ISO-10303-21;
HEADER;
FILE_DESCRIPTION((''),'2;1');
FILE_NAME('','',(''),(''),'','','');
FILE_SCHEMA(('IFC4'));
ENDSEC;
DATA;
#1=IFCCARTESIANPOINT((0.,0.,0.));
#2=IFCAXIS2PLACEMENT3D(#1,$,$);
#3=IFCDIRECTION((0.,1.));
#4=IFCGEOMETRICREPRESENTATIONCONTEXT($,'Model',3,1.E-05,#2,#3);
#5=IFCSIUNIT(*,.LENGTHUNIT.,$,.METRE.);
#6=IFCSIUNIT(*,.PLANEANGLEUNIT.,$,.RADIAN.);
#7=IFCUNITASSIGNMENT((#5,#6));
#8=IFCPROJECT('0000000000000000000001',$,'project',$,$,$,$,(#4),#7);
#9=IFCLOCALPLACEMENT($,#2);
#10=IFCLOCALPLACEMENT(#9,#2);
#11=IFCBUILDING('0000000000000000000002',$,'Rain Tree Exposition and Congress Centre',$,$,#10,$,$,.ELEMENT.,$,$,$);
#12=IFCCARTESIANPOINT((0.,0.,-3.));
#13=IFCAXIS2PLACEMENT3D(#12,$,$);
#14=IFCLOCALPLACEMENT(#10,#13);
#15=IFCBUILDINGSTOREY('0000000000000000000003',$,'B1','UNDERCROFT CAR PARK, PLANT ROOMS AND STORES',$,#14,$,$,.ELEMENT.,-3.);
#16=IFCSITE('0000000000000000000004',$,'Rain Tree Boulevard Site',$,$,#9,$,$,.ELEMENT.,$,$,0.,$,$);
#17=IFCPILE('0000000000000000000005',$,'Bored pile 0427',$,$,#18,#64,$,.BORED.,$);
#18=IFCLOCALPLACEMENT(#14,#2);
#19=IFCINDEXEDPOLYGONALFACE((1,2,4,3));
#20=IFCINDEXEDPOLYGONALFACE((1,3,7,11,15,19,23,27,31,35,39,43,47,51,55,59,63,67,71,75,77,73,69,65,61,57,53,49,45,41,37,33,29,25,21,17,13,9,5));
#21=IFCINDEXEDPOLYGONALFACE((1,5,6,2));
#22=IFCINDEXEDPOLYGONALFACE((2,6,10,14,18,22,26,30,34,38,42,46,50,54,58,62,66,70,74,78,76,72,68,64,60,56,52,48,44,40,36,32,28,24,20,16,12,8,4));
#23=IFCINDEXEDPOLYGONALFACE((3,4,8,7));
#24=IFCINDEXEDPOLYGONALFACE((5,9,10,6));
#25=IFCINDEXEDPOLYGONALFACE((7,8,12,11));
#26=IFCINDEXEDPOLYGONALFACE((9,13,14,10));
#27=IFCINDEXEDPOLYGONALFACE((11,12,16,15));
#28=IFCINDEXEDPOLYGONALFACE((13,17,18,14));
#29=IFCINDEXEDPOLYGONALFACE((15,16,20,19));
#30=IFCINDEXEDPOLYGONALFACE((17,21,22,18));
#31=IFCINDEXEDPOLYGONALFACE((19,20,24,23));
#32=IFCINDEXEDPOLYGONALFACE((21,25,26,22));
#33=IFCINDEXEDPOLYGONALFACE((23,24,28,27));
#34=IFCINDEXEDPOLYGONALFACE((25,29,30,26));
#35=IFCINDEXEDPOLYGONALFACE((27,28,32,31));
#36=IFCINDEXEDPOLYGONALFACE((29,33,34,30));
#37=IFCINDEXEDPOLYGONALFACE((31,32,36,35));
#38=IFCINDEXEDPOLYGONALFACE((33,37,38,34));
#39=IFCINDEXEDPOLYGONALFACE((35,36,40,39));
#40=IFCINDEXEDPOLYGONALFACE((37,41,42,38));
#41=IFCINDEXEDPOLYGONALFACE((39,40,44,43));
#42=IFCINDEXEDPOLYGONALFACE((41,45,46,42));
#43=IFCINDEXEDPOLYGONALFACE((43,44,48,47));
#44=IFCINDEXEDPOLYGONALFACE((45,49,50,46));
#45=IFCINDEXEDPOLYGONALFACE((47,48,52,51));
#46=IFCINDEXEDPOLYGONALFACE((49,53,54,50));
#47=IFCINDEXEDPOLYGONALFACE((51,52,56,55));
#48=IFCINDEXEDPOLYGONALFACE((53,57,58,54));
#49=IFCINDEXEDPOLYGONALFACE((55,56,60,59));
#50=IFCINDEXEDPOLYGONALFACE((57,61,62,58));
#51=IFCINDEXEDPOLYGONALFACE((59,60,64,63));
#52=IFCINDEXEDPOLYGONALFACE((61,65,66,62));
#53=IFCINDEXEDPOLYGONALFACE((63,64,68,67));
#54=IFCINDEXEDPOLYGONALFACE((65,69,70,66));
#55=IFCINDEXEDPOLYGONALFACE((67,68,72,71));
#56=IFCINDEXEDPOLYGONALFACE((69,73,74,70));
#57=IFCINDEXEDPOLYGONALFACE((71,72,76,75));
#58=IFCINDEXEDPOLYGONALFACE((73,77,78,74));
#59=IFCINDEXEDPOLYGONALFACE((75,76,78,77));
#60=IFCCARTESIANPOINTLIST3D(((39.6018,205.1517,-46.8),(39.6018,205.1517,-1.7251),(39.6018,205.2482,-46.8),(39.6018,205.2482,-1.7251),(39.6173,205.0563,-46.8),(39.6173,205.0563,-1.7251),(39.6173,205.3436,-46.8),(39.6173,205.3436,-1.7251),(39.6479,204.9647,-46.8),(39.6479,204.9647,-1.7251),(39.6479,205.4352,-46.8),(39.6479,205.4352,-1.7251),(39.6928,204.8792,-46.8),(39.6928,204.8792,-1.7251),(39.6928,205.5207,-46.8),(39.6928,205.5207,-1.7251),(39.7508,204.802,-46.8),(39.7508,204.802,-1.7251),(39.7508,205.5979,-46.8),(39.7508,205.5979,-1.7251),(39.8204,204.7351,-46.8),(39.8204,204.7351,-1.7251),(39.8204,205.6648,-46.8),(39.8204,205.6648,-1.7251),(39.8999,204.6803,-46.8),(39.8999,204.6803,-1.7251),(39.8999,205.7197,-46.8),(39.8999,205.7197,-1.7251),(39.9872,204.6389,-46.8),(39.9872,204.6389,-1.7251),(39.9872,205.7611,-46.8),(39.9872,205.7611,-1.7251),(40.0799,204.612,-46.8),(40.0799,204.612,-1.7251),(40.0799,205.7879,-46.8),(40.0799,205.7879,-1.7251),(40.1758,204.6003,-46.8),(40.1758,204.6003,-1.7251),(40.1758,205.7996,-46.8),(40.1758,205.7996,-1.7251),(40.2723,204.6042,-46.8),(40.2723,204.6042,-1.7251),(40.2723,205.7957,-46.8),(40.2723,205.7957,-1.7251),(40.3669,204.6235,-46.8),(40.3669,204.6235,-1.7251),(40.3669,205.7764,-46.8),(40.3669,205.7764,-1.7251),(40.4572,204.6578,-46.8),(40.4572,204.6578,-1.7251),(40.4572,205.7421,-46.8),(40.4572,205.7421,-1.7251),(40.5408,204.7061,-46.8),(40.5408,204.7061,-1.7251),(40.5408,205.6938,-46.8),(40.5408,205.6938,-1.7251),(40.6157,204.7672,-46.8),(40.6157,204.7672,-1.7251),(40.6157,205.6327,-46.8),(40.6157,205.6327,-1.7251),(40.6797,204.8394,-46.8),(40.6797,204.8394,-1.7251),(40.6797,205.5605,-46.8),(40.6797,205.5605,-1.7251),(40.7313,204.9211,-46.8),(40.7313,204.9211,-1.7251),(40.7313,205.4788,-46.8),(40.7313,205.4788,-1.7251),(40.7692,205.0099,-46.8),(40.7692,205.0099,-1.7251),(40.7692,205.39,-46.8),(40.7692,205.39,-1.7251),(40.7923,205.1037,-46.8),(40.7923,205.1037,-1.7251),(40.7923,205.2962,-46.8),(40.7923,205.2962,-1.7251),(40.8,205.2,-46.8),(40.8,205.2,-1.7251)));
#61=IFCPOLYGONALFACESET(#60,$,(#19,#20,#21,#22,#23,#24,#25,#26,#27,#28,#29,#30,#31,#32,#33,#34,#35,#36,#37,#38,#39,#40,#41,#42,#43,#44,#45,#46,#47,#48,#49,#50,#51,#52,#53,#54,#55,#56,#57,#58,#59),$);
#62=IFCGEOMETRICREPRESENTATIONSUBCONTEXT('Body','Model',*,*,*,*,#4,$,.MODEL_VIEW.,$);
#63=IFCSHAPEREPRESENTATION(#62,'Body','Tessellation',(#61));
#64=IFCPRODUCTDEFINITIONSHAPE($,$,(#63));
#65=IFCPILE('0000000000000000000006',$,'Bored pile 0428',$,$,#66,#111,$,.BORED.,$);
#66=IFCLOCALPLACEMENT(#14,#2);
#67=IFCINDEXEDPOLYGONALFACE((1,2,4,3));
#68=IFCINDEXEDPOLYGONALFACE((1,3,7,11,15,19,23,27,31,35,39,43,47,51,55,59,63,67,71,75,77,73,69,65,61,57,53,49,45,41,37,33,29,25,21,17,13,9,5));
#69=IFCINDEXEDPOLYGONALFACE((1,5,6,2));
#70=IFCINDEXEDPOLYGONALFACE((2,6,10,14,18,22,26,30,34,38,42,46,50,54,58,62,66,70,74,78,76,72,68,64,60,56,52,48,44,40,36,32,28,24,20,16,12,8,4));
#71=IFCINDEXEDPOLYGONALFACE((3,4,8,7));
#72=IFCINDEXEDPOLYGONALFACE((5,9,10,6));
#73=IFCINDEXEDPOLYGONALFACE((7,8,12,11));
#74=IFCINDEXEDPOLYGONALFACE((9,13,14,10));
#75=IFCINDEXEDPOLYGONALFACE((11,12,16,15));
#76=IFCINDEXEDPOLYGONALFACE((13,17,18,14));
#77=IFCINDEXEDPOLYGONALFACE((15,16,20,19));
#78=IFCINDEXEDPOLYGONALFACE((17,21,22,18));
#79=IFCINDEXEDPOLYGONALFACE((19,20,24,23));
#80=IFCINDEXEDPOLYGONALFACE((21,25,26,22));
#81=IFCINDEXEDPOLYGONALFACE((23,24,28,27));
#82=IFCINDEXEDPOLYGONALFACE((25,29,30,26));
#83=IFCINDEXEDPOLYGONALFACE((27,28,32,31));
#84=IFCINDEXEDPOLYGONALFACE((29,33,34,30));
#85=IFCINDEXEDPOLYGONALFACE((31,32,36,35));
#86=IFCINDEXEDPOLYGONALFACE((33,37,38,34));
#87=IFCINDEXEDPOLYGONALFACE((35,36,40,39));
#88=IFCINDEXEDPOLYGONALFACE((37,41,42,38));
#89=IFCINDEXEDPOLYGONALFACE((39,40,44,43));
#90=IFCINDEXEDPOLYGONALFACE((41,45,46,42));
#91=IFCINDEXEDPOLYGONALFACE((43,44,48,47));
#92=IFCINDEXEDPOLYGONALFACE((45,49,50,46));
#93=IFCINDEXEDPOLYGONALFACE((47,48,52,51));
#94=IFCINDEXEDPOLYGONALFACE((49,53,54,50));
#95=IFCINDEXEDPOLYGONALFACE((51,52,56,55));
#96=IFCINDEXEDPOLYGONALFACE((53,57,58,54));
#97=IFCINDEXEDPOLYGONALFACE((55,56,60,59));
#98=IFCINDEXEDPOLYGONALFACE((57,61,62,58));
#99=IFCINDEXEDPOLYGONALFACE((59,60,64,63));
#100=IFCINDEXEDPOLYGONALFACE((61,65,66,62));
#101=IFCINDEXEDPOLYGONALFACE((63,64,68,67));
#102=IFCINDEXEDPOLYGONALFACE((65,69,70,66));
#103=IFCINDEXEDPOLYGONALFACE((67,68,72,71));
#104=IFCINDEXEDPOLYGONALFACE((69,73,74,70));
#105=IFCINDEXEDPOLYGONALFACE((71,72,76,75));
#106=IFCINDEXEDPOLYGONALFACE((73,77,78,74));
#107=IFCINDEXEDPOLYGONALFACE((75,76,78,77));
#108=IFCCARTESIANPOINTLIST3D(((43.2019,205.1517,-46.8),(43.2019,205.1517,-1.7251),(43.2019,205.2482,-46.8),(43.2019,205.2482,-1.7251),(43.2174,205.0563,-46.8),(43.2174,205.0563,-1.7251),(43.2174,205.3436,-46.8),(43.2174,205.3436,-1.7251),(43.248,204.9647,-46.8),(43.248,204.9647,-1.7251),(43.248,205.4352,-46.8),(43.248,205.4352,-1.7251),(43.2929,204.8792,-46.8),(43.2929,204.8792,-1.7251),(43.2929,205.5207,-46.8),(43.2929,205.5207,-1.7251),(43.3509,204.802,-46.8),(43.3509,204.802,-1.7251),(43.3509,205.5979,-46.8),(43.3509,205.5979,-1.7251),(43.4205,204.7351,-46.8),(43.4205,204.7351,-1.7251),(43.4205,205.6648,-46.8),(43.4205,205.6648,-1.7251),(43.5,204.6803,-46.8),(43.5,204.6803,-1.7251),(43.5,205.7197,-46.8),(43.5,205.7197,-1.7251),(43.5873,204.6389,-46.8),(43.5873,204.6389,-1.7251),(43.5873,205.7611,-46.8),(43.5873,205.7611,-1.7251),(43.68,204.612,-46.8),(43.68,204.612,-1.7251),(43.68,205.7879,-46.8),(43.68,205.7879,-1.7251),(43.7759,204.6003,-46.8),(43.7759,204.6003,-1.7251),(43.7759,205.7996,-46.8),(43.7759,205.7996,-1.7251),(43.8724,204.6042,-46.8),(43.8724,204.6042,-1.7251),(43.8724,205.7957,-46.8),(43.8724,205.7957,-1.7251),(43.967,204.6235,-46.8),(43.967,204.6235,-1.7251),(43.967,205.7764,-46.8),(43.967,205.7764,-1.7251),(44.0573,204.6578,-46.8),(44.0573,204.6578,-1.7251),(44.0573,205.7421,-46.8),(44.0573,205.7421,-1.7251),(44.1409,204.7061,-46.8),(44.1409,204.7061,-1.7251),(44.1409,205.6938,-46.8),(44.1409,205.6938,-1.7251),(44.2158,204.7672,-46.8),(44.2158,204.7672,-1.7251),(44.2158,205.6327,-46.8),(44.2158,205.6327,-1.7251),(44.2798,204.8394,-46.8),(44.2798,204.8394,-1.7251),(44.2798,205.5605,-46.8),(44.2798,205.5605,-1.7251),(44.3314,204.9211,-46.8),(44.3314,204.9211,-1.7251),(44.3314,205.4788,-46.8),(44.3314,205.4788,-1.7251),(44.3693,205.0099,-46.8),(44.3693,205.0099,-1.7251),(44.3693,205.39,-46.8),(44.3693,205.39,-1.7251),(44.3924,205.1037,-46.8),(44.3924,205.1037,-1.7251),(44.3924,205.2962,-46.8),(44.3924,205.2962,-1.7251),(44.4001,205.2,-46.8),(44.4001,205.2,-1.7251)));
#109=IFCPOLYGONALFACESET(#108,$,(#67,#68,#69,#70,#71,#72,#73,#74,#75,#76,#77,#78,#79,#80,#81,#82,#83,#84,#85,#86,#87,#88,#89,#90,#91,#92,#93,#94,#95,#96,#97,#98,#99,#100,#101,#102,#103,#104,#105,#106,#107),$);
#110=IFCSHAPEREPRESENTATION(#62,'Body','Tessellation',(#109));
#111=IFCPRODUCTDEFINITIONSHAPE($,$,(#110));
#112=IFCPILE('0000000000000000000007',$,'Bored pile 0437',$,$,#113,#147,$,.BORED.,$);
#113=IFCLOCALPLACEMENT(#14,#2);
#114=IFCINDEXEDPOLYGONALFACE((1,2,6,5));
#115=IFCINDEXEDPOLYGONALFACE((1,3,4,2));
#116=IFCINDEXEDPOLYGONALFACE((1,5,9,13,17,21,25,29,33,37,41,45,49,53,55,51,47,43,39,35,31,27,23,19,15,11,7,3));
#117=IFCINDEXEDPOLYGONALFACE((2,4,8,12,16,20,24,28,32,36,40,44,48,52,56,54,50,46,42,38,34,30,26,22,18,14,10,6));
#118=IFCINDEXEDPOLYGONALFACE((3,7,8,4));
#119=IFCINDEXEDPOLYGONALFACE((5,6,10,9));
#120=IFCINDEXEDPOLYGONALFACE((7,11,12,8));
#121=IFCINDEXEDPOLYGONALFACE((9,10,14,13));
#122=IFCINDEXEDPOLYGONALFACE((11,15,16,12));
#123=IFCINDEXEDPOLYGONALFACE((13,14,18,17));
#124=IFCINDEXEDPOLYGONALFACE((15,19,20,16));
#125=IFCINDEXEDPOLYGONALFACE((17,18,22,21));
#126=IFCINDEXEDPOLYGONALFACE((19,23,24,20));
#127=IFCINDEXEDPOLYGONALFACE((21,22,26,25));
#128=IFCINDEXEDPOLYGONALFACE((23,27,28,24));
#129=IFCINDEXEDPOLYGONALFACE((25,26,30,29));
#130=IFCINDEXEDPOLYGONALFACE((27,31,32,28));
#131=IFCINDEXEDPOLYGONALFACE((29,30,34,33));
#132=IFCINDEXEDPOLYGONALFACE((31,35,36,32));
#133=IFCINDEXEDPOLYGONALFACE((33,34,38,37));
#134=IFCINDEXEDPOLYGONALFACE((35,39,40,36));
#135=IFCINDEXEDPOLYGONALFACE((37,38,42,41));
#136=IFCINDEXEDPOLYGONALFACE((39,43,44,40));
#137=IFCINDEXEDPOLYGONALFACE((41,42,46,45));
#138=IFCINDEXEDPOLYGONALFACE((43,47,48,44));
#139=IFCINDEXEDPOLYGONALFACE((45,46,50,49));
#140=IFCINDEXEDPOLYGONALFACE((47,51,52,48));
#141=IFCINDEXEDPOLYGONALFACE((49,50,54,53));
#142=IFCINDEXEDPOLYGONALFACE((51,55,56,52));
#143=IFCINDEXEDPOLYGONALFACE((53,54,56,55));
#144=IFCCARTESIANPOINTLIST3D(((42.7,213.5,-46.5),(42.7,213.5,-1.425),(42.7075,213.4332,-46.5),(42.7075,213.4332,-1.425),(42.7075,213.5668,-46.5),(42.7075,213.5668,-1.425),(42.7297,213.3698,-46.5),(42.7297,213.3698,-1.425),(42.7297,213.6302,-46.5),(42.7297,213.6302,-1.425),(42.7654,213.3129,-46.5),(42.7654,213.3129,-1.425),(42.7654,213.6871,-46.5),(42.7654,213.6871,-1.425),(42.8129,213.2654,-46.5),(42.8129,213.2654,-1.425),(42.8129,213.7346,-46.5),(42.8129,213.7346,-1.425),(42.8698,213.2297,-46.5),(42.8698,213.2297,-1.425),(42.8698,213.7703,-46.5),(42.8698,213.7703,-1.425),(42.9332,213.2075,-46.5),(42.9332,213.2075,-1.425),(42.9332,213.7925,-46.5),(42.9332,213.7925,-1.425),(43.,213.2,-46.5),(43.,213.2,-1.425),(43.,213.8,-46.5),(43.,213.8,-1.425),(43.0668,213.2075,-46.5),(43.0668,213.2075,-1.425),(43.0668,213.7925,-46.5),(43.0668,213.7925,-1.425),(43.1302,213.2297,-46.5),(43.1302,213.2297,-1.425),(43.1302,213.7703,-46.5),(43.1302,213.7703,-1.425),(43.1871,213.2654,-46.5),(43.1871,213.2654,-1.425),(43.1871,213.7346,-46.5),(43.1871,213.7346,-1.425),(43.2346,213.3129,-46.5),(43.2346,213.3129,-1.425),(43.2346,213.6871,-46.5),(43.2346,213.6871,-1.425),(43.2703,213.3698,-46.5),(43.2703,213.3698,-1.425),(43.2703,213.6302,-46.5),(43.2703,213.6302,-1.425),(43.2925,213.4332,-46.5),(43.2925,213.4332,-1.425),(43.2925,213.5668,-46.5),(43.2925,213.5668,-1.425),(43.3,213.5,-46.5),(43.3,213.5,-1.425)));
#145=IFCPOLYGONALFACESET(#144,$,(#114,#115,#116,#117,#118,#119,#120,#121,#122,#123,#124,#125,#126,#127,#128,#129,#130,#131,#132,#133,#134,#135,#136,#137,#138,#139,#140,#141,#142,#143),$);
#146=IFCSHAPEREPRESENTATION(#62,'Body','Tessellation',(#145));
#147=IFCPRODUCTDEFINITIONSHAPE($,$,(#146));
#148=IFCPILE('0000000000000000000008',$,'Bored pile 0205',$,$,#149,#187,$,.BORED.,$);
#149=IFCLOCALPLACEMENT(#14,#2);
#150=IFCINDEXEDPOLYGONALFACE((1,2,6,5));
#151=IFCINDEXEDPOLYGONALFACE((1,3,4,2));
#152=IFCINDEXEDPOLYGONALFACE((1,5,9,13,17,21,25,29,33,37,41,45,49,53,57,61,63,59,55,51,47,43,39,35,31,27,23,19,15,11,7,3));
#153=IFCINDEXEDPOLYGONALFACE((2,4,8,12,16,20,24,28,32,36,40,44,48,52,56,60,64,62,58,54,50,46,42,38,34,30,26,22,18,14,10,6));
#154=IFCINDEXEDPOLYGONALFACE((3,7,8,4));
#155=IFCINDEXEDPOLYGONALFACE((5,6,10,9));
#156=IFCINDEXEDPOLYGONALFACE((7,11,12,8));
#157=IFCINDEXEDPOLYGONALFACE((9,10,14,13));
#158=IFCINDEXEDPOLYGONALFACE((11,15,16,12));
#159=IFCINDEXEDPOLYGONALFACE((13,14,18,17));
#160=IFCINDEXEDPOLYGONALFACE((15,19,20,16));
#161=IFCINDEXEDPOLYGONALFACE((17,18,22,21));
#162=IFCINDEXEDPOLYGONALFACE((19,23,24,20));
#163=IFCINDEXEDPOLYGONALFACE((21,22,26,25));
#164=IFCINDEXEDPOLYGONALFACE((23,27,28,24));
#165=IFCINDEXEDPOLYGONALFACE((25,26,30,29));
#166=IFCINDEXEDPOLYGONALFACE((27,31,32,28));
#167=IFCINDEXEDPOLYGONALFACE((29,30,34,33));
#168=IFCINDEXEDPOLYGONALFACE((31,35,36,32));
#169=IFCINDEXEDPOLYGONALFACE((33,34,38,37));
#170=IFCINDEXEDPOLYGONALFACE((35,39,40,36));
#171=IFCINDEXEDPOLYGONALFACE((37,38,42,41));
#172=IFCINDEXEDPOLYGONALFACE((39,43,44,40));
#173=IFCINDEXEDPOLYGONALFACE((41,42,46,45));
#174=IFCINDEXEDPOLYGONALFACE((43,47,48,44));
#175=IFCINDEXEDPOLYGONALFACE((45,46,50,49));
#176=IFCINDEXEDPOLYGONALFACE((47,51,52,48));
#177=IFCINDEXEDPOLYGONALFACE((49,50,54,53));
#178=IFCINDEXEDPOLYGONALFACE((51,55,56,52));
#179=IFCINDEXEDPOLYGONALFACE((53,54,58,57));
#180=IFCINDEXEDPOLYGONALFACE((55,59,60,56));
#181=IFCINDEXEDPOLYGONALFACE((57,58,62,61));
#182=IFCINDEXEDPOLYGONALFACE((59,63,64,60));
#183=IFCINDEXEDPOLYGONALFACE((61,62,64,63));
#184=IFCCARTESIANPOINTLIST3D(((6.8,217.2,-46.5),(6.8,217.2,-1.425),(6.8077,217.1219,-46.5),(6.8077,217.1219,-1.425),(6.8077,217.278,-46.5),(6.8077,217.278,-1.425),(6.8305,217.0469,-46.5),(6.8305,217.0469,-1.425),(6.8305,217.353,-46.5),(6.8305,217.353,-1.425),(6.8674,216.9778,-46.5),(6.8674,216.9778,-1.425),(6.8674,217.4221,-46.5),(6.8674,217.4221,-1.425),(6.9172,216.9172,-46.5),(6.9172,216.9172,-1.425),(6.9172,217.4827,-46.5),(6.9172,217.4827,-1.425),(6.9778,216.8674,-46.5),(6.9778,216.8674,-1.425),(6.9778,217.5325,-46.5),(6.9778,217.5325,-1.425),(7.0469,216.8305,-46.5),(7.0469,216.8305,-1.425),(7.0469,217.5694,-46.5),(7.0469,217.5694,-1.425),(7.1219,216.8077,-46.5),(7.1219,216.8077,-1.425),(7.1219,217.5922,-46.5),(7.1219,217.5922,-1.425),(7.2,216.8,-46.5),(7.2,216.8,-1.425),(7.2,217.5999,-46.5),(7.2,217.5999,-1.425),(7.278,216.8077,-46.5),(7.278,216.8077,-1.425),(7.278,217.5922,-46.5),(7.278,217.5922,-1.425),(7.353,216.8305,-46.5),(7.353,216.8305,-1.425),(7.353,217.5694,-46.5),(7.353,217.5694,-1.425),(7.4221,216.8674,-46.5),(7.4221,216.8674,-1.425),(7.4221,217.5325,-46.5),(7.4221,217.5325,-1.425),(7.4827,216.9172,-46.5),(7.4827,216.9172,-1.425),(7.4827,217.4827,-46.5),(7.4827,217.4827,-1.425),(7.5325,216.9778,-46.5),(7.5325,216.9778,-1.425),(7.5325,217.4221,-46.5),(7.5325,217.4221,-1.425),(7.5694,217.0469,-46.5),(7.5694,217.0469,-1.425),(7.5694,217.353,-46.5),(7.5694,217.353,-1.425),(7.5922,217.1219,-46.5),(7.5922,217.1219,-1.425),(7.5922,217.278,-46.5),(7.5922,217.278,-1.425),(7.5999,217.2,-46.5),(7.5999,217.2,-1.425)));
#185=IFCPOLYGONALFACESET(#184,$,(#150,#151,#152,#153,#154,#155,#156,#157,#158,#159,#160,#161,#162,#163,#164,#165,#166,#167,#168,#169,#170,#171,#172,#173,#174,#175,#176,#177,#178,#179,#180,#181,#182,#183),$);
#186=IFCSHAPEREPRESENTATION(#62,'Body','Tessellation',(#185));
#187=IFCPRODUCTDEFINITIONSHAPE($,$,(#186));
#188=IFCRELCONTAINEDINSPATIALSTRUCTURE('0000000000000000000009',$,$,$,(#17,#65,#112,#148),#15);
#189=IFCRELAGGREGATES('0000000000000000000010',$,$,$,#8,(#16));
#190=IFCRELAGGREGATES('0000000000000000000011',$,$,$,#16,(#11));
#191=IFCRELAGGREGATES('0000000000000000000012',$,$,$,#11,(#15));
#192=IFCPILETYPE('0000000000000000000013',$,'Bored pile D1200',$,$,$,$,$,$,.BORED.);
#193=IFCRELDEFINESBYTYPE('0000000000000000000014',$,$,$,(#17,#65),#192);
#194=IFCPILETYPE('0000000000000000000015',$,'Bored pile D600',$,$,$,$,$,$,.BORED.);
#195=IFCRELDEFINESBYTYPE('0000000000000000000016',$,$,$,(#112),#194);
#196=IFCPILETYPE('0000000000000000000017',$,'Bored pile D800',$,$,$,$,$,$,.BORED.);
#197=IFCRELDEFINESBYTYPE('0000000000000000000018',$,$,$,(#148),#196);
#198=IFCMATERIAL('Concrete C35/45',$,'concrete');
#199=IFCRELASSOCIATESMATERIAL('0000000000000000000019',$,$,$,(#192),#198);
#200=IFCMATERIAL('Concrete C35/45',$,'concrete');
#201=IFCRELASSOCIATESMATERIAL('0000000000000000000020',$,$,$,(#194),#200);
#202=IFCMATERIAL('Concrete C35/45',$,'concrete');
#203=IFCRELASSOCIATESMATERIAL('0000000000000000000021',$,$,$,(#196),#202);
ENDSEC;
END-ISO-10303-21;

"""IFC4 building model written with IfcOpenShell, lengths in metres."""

from ifc_helpers import new_model, si_unit, direction, frame, origin, origin_2d, place, context, subcontext, project, spatial, circle, extrude, material, material_profile, profile_set, type_object, element, save


model = new_model("IFC4")

# Units and contexts
model_context = context("Model", 3, precision=1e-05, world=origin(), true_north=direction((0.0, 1.0)))
body_context = subcontext(model_context, "Body", "Model", "MODEL_VIEW")
ifc_project = project(units=[si_unit("LENGTHUNIT", "METRE"), si_unit("PLANEANGLEUNIT", "RADIAN")], contexts=[model_context])

# Site, building, storey
site_placement = place(None, origin())
site = spatial("IfcSite", under=ifc_project, at=site_placement, Name="Rain Tree Boulevard Site", CompositionType="ELEMENT", RefElevation=0.0)
building_placement = place(site_placement, origin())
building = spatial("IfcBuilding", under=site, at=building_placement, Name="Rain Tree Exposition and Congress Centre", CompositionType="ELEMENT")
storey_placement = place(building_placement, frame((0.0, 0.0, -3.0)))
storey = spatial("IfcBuildingStorey", under=building, at=storey_placement, Name="B1", Description="UNDERCROFT CAR PARK, PLANT ROOMS AND STORES", CompositionType="ELEMENT", Elevation=-3.0)

# Piles
ifc_material_1 = material(Name="Concrete C35/45", Category="concrete")
ifc_material_profile_1 = material_profile(ifc_material_1, circle(Radius=0.6001, at=origin_2d()), Name="D1200")
ifc_profile_set_1 = profile_set([ifc_material_profile_1], Name="Concrete C35/45")
pile_type_1 = type_object("IfcPileType", Name="Bored pile D1200", PredefinedType="BORED", material=ifc_profile_set_1)
for number, where, z_axis, x_axis, name in (
    (1, (40.2, 205.2, -1.7251), (0.0, 0.0, -1.0), (1.0, 0.0, 0.0), "Bored pile 0427"),
    (2, (43.8, 205.2, -1.7251), (0.0, 0.0, -1.0), (1.0, 0.0, 0.0), "Bored pile 0428"),
):
    element("IfcPile", number, at=place(storey_placement, frame(where, z_axis=z_axis, x_axis=x_axis)), inside=storey, type_object=pile_type_1, Name=name, PredefinedType="BORED", context=body_context, shape_type="SweptSolid", body=[
        extrude(circle(Radius=0.6001, at=origin_2d()), origin(), (0.0, 0.0, 1.0), 45.075),
    ])
ifc_material_2 = material(Name="Concrete C35/45", Category="concrete")
ifc_material_profile_2 = material_profile(ifc_material_2, circle(Radius=0.3, at=origin_2d()), Name="D600")
ifc_profile_set_2 = profile_set([ifc_material_profile_2], Name="Concrete C35/45")
pile_type_2 = type_object("IfcPileType", Name="Bored pile D600", PredefinedType="BORED", material=ifc_profile_set_2)
pile_placement = place(storey_placement, frame((43.0, 213.5, -1.425), z_axis=(0.0, 0.0, -1.0), x_axis=(1.0, 0.0, 0.0)))
element("IfcPile", 3, at=pile_placement, inside=storey, type_object=pile_type_2, Name="Bored pile 0437", PredefinedType="BORED", context=body_context, shape_type="SweptSolid", body=[
    extrude(circle(Radius=0.3, at=origin_2d()), origin(), (0.0, 0.0, 1.0), 45.075),
])
ifc_material_3 = material(Name="Concrete C35/45", Category="concrete")
ifc_material_profile_3 = material_profile(ifc_material_3, circle(Radius=0.3999, at=origin_2d()), Name="D800")
ifc_profile_set_3 = profile_set([ifc_material_profile_3], Name="Concrete C35/45")
pile_type_3 = type_object("IfcPileType", Name="Bored pile D800", PredefinedType="BORED", material=ifc_profile_set_3)
for number, where, z_axis, x_axis, name in (
    (4, (7.2, 217.2, -1.425), (0.0, 0.0, -1.0), (1.0, 0.0, 0.0), "Bored pile 0205"),
):
    element("IfcPile", number, at=place(storey_placement, frame(where, z_axis=z_axis, x_axis=x_axis)), inside=storey, type_object=pile_type_3, Name=name, PredefinedType="BORED", context=body_context, shape_type="SweptSolid", body=[
        extrude(circle(Radius=0.3999, at=origin_2d()), origin(), (0.0, 0.0, 1.0), 45.075),
    ])

save(model, "model.ifc")
